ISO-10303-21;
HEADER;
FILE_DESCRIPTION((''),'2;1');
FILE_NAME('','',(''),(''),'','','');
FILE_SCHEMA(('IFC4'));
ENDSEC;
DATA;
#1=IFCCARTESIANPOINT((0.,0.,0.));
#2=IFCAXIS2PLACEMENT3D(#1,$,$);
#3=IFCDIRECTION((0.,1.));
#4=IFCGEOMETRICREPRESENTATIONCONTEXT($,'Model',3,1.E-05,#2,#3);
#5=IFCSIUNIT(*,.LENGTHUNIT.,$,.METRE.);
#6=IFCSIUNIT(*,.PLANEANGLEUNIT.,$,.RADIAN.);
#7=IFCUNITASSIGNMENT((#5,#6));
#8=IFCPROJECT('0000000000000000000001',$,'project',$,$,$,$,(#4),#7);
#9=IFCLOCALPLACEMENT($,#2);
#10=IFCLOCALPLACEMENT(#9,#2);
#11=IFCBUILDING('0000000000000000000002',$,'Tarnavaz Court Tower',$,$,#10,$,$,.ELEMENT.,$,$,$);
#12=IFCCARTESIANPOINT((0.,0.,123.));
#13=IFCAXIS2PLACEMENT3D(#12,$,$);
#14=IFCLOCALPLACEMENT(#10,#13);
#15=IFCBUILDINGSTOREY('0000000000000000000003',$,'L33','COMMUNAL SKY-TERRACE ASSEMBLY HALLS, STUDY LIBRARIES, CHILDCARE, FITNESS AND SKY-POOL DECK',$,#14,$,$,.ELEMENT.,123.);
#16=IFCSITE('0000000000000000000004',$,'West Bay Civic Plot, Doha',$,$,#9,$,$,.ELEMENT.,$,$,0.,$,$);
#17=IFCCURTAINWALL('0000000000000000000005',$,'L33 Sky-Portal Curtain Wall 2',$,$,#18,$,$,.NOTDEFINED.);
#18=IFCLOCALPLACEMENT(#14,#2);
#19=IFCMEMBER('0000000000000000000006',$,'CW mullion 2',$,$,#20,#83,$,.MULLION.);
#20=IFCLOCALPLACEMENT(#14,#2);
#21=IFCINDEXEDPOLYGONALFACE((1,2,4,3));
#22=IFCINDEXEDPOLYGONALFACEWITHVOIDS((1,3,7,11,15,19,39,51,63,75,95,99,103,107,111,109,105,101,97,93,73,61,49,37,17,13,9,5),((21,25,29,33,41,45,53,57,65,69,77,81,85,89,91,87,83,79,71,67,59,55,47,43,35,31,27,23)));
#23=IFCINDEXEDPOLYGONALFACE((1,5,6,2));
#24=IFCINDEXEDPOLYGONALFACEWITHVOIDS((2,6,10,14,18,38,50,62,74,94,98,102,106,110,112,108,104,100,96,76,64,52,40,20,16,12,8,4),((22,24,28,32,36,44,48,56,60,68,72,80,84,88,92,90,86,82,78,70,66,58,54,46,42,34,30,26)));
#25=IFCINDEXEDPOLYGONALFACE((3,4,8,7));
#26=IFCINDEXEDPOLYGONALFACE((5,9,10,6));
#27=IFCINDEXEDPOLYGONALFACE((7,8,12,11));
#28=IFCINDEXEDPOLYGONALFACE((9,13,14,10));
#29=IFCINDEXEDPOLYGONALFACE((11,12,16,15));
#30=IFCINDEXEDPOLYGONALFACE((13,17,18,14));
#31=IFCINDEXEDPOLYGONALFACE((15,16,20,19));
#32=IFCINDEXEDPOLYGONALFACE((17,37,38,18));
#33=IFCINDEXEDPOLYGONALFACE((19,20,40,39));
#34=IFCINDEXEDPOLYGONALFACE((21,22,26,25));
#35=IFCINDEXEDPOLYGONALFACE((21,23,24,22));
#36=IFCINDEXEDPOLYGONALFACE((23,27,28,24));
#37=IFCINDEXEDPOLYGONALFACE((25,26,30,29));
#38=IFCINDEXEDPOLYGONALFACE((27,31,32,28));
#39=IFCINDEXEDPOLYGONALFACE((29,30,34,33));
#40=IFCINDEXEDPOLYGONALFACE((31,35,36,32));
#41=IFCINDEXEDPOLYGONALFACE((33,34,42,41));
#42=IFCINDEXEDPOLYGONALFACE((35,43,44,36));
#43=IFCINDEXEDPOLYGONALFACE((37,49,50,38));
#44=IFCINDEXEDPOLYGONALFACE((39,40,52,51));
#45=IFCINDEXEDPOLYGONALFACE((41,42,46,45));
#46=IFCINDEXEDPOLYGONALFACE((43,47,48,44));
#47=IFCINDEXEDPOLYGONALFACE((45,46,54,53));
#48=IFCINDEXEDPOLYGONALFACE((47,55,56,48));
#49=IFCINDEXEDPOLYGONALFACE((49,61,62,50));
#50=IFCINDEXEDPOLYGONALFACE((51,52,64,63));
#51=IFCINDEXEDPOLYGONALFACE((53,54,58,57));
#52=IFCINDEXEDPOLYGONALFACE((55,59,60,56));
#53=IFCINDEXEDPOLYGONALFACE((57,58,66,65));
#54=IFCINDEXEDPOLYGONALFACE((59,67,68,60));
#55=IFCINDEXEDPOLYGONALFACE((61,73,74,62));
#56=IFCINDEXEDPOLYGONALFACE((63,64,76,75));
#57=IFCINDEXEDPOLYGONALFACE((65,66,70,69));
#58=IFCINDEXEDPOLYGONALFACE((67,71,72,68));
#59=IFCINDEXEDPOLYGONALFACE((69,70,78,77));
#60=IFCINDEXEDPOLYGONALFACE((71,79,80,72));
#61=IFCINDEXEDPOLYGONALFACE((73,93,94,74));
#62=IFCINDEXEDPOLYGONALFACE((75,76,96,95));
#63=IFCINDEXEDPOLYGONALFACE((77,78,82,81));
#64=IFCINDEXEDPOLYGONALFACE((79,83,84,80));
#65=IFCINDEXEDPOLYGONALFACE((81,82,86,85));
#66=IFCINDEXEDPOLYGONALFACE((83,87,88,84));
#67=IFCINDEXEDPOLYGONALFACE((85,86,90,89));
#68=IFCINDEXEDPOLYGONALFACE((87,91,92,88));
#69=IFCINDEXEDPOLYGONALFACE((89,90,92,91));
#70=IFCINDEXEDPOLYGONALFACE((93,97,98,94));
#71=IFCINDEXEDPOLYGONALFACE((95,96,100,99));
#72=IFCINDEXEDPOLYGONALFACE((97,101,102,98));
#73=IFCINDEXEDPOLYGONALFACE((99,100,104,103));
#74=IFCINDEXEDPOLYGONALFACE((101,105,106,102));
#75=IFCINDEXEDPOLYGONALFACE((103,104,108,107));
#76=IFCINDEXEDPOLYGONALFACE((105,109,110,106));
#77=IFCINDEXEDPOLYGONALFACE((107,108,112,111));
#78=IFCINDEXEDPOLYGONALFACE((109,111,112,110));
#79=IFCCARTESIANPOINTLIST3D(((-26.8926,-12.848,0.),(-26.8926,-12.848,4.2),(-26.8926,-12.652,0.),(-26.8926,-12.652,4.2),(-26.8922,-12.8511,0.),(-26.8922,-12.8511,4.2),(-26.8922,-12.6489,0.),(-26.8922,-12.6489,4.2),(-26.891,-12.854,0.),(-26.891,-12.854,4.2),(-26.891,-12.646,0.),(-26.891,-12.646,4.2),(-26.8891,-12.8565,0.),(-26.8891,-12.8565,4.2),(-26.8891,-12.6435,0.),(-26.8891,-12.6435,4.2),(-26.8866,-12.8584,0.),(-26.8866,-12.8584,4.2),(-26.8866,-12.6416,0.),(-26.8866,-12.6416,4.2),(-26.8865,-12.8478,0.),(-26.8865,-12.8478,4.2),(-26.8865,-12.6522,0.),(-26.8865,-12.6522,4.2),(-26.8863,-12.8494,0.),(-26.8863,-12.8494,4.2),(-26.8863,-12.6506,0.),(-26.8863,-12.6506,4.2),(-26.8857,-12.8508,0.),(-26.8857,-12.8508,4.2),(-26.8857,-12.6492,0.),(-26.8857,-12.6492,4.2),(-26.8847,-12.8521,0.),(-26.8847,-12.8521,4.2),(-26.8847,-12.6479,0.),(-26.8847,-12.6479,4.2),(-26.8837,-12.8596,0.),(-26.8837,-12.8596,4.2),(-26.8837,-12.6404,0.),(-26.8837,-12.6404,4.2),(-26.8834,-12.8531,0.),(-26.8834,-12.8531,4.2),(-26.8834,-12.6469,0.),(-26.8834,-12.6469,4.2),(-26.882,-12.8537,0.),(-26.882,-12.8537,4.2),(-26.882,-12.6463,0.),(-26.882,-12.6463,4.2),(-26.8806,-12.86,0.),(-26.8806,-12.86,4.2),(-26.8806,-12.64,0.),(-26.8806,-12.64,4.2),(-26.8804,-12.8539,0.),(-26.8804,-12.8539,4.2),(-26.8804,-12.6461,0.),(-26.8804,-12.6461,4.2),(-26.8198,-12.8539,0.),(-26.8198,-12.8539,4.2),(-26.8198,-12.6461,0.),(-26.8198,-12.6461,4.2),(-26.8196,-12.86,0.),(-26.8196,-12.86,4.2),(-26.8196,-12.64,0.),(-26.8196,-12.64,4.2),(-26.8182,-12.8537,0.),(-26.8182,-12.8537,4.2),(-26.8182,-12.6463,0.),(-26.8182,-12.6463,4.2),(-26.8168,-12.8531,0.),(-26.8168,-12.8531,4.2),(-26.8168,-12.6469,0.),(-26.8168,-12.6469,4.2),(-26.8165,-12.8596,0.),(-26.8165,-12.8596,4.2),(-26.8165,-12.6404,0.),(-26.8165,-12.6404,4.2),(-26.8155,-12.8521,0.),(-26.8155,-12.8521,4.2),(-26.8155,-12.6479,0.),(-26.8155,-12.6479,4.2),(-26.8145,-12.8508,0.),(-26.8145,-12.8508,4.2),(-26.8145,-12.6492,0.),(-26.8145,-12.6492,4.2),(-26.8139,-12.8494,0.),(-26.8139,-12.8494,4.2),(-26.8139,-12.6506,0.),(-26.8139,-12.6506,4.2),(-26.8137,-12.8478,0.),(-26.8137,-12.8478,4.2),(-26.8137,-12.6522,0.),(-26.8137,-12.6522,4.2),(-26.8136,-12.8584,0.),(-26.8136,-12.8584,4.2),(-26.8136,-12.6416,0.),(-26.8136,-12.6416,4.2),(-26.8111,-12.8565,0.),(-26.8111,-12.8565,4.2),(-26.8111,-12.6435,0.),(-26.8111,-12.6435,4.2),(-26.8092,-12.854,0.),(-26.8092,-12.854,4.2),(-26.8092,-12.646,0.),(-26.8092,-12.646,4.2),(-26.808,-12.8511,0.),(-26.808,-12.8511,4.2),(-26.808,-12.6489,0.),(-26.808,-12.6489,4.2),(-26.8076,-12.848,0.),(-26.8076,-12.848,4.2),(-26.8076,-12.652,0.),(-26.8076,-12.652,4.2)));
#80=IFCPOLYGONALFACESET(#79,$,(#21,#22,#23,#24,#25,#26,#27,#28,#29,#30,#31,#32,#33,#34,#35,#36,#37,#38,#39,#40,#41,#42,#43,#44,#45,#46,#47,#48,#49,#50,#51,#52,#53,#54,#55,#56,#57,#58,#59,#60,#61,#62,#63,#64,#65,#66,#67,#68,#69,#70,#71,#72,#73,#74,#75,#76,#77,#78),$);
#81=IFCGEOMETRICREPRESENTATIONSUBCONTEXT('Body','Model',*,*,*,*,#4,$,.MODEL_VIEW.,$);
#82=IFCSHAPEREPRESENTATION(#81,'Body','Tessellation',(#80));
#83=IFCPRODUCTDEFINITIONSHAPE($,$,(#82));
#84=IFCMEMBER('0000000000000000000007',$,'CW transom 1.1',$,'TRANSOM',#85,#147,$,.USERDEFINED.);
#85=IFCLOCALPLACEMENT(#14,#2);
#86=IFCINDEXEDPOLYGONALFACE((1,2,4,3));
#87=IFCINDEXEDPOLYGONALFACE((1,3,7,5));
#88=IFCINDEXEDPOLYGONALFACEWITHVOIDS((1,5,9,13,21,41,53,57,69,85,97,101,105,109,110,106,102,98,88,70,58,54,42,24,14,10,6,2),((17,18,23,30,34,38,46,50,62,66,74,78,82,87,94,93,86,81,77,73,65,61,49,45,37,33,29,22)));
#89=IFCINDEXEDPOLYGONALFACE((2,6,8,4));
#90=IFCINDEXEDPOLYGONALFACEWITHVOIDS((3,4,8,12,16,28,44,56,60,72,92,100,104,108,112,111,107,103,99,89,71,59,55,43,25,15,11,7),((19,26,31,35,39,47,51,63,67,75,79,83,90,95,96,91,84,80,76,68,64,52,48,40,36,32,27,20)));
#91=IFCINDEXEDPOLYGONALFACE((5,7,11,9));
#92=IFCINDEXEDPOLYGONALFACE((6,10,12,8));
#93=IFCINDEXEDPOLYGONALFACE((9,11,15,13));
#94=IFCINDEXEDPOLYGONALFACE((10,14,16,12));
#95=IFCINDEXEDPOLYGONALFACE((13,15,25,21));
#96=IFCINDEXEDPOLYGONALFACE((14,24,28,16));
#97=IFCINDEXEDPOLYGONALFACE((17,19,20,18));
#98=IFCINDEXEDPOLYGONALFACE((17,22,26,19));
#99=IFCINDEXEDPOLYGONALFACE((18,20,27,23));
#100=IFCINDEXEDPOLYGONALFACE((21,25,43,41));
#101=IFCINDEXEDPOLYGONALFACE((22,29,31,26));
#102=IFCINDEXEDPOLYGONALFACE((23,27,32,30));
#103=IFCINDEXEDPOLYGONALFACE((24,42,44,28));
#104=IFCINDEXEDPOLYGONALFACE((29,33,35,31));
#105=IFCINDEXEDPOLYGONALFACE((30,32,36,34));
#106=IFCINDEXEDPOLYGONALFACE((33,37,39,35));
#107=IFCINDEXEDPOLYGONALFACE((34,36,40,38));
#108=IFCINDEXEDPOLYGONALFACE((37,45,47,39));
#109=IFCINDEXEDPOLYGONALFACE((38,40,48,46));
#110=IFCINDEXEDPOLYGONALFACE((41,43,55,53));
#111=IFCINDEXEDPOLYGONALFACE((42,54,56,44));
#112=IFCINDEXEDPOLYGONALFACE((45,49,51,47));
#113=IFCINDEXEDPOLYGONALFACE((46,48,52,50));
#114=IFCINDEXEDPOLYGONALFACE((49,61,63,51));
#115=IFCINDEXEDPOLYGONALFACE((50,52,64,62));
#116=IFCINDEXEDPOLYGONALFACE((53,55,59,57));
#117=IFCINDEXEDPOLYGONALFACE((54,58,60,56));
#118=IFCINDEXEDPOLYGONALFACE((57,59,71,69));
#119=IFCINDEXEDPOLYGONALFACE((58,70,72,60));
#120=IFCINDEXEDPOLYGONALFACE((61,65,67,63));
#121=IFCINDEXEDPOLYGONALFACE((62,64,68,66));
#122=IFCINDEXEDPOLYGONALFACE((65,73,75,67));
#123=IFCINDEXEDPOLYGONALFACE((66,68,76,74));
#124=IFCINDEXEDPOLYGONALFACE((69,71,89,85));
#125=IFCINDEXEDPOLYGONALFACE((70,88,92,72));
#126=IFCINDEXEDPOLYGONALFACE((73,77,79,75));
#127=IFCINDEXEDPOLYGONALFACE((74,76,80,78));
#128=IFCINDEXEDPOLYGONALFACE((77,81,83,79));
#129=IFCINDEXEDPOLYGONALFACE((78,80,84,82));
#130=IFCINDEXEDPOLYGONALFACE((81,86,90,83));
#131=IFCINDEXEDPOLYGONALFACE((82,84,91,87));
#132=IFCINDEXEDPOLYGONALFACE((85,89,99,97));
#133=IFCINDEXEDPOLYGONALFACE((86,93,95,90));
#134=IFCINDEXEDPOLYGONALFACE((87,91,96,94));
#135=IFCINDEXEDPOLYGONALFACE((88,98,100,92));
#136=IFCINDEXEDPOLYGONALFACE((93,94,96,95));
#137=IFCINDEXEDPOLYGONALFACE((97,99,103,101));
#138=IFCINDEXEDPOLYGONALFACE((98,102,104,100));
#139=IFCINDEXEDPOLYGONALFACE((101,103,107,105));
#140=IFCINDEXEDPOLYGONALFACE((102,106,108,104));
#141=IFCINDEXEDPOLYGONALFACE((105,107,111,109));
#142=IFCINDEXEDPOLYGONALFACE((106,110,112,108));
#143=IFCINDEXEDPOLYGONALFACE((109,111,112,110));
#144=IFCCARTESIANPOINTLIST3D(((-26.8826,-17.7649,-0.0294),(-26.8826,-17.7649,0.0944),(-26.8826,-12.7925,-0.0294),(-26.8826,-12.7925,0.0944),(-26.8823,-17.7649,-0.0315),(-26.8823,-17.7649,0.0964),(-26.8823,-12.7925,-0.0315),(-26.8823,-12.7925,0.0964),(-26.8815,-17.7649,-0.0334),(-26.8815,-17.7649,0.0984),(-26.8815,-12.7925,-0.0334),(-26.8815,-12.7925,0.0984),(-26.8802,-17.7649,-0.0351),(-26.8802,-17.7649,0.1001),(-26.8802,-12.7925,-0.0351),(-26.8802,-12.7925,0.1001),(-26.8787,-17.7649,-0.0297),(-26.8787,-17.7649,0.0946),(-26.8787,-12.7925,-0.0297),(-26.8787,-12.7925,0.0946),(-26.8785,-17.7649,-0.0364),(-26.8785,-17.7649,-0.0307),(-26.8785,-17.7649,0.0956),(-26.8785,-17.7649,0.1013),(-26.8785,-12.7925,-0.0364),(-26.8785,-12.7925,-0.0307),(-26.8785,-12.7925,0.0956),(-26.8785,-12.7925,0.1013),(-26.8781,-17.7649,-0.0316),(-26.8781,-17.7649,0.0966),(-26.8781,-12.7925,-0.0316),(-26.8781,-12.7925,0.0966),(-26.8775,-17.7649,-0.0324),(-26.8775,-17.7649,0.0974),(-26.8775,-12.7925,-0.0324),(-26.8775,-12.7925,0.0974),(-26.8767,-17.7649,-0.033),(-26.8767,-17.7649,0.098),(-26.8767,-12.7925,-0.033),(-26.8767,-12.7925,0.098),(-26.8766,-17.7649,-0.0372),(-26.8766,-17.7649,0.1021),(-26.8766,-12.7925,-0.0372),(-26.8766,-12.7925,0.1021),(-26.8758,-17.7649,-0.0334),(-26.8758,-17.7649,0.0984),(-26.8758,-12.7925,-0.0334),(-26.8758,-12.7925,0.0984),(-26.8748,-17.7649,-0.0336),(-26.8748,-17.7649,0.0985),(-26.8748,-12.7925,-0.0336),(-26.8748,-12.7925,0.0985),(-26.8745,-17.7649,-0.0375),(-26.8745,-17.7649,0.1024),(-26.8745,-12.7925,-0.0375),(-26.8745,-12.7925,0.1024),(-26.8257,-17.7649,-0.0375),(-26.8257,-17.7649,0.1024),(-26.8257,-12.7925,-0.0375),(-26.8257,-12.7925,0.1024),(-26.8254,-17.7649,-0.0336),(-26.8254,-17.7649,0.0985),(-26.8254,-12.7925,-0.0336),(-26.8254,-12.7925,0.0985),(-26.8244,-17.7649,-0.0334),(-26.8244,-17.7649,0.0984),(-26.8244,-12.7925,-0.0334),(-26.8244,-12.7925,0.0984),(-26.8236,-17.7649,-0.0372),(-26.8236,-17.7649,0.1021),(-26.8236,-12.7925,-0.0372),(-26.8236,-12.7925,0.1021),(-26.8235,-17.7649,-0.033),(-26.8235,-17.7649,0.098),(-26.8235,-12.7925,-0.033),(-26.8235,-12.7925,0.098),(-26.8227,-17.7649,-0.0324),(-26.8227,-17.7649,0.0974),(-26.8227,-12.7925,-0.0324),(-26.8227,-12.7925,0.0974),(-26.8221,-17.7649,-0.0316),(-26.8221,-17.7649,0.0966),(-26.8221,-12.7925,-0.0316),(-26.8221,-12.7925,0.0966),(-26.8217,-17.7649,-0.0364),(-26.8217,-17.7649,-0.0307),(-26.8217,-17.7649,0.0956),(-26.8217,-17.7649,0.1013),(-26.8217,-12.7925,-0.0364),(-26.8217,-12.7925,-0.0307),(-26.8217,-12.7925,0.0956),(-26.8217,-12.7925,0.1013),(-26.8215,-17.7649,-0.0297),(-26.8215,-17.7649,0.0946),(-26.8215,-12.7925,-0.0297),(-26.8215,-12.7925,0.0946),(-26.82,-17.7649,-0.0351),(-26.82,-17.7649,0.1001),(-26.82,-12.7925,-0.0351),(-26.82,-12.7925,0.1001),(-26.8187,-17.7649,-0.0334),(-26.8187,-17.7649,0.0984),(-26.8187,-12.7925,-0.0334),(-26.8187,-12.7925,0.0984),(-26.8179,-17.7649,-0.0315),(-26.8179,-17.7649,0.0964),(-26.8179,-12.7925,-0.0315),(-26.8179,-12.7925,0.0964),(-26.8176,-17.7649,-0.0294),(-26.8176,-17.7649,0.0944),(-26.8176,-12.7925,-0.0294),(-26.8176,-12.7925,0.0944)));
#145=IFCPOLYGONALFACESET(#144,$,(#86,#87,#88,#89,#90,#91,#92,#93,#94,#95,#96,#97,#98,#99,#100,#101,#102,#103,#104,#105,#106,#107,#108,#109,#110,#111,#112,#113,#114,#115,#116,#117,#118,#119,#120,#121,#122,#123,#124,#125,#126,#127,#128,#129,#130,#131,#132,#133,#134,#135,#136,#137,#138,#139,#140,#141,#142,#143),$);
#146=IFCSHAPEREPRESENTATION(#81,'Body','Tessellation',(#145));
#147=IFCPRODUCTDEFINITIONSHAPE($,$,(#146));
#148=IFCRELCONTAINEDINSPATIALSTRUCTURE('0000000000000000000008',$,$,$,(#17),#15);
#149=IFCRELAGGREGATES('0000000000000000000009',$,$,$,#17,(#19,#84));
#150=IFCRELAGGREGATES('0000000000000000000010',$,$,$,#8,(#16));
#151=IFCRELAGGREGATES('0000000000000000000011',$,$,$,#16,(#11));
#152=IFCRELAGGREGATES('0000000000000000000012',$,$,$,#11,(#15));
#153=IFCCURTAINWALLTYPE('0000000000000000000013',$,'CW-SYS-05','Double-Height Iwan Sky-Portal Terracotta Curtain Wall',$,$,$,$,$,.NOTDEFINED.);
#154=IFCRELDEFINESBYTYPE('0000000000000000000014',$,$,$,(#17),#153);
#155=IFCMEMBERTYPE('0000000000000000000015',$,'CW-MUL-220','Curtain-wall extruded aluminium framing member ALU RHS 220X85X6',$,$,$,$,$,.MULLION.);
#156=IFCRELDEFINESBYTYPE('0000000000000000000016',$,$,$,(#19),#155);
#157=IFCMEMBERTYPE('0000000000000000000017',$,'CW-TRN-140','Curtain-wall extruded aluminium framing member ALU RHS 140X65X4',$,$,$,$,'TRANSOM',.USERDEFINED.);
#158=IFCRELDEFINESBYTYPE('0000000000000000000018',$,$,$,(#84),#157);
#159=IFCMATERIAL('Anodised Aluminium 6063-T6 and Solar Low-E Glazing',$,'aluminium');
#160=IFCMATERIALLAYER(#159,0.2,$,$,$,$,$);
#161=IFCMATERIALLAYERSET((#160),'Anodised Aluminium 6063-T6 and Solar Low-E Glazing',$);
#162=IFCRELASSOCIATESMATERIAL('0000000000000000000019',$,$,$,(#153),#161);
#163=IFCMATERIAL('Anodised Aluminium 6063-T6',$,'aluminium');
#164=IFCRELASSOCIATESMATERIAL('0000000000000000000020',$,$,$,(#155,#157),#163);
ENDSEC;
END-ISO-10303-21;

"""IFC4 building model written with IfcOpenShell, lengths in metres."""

from ifc_helpers import new_model, si_unit, direction, frame, origin, origin_2d, place, context, subcontext, project, spatial, hollow_rectangle, extrude, material, layer, layer_set, material_profile, profile_set, type_object, element, aggregate, save


model = new_model("IFC4")

# Units and contexts
model_context = context("Model", 3, precision=1e-05, world=origin(), true_north=direction((0.0, 1.0)))
body_context = subcontext(model_context, "Body", "Model", "MODEL_VIEW")
ifc_project = project(units=[si_unit("LENGTHUNIT", "METRE"), si_unit("PLANEANGLEUNIT", "RADIAN")], contexts=[model_context])

# Site, building, storey
site_placement = place(None, origin())
site = spatial("IfcSite", under=ifc_project, at=site_placement, Name="West Bay Civic Plot, Doha", CompositionType="ELEMENT", RefElevation=0.0)
building_placement = place(site_placement, origin())
building = spatial("IfcBuilding", under=site, at=building_placement, Name="Tarnavaz Court Tower", CompositionType="ELEMENT")
storey_placement = place(building_placement, frame((0.0, 0.0, 123.0)))
storey = spatial("IfcBuildingStorey", under=building, at=storey_placement, Name="L33", Description="COMMUNAL SKY-TERRACE ASSEMBLY HALLS, STUDY LIBRARIES, CHILDCARE, FITNESS AND SKY-POOL DECK", CompositionType="ELEMENT", Elevation=123.0)

# Curtain wall, members
ifc_material_1 = material(Name="Anodised Aluminium 6063-T6 and Solar Low-E Glazing", Category="aluminium")
ifc_layer_1 = layer(ifc_material_1, 0.2)
ifc_layer_set_1 = layer_set([ifc_layer_1], Name="Anodised Aluminium 6063-T6 and Solar Low-E Glazing")
curtain_wall_type = type_object("IfcCurtainWallType", Name="CW-SYS-05", Description="Double-Height Iwan Sky-Portal Terracotta Curtain Wall", PredefinedType="NOTDEFINED", material=ifc_layer_set_1)
curtain_wall_placement = place(storey_placement, origin())
curtain_wall = element("IfcCurtainWall", 1, at=curtain_wall_placement, inside=storey, type_object=curtain_wall_type, Name="L33 Sky-Portal Curtain Wall 2", PredefinedType="NOTDEFINED")
ifc_material_2 = material(Name="Anodised Aluminium 6063-T6", Category="aluminium")
ifc_material_profile_1 = material_profile(ifc_material_2, hollow_rectangle(XDim=0.085, YDim=0.22, WallThickness=0.0061, InnerFilletRadius=0.0061, OuterFilletRadius=0.012, at=origin_2d()), Name="ALU RHS 220X85X6")
ifc_profile_set_1 = profile_set([ifc_material_profile_1], Name="Anodised Aluminium 6063-T6")
member_type_1 = type_object("IfcMemberType", Name="CW-MUL-220", Description="Curtain-wall extruded aluminium framing member ALU RHS 220X85X6", PredefinedType="MULLION", material=ifc_profile_set_1)
member_1_placement = place(storey_placement, frame((-26.8501, -12.75, 0.0), z_axis=(0.0, 0.0, 1.0), x_axis=(-1.0, 0.0, 0.0)))
member_1 = element("IfcMember", 2, at=member_1_placement, type_object=member_type_1, Name="CW mullion 2", PredefinedType="MULLION", context=body_context, shape_type="SweptSolid", body=[
    extrude(hollow_rectangle(XDim=0.085, YDim=0.22, WallThickness=0.0061, InnerFilletRadius=0.0061, OuterFilletRadius=0.012, at=origin_2d()), origin(), (0.0, 0.0, 1.0), 4.2),
])
ifc_material_profile_2 = material_profile(ifc_material_2, hollow_rectangle(XDim=0.0649, YDim=0.1399, WallThickness=0.0039, InnerFilletRadius=0.0039, OuterFilletRadius=0.0081, at=origin_2d()), Name="ALU RHS 140X65X4")
ifc_profile_set_2 = profile_set([ifc_material_profile_2], Name="Anodised Aluminium 6063-T6")
member_type_2 = type_object("IfcMemberType", Name="CW-TRN-140", Description="Curtain-wall extruded aluminium framing member ALU RHS 140X65X4", ElementType="TRANSOM", PredefinedType="USERDEFINED", material=ifc_profile_set_2)
member_2_placement = place(storey_placement, frame((-26.8501, -17.7649, 0.0325), z_axis=(0.0, 1.0, 0.0), x_axis=(-1.0, 0.0, 0.0)))
member_2 = element("IfcMember", 3, at=member_2_placement, type_object=member_type_2, Name="CW transom 1.1", ObjectType="TRANSOM", PredefinedType="USERDEFINED", context=body_context, shape_type="SweptSolid", body=[
    extrude(hollow_rectangle(XDim=0.0649, YDim=0.1399, WallThickness=0.0039, InnerFilletRadius=0.0039, OuterFilletRadius=0.0081, at=origin_2d()), origin(), (0.0, 0.0, 1.0), 4.9724),
])
aggregate(curtain_wall, [member_1, member_2])

save(model, "model.ifc")
